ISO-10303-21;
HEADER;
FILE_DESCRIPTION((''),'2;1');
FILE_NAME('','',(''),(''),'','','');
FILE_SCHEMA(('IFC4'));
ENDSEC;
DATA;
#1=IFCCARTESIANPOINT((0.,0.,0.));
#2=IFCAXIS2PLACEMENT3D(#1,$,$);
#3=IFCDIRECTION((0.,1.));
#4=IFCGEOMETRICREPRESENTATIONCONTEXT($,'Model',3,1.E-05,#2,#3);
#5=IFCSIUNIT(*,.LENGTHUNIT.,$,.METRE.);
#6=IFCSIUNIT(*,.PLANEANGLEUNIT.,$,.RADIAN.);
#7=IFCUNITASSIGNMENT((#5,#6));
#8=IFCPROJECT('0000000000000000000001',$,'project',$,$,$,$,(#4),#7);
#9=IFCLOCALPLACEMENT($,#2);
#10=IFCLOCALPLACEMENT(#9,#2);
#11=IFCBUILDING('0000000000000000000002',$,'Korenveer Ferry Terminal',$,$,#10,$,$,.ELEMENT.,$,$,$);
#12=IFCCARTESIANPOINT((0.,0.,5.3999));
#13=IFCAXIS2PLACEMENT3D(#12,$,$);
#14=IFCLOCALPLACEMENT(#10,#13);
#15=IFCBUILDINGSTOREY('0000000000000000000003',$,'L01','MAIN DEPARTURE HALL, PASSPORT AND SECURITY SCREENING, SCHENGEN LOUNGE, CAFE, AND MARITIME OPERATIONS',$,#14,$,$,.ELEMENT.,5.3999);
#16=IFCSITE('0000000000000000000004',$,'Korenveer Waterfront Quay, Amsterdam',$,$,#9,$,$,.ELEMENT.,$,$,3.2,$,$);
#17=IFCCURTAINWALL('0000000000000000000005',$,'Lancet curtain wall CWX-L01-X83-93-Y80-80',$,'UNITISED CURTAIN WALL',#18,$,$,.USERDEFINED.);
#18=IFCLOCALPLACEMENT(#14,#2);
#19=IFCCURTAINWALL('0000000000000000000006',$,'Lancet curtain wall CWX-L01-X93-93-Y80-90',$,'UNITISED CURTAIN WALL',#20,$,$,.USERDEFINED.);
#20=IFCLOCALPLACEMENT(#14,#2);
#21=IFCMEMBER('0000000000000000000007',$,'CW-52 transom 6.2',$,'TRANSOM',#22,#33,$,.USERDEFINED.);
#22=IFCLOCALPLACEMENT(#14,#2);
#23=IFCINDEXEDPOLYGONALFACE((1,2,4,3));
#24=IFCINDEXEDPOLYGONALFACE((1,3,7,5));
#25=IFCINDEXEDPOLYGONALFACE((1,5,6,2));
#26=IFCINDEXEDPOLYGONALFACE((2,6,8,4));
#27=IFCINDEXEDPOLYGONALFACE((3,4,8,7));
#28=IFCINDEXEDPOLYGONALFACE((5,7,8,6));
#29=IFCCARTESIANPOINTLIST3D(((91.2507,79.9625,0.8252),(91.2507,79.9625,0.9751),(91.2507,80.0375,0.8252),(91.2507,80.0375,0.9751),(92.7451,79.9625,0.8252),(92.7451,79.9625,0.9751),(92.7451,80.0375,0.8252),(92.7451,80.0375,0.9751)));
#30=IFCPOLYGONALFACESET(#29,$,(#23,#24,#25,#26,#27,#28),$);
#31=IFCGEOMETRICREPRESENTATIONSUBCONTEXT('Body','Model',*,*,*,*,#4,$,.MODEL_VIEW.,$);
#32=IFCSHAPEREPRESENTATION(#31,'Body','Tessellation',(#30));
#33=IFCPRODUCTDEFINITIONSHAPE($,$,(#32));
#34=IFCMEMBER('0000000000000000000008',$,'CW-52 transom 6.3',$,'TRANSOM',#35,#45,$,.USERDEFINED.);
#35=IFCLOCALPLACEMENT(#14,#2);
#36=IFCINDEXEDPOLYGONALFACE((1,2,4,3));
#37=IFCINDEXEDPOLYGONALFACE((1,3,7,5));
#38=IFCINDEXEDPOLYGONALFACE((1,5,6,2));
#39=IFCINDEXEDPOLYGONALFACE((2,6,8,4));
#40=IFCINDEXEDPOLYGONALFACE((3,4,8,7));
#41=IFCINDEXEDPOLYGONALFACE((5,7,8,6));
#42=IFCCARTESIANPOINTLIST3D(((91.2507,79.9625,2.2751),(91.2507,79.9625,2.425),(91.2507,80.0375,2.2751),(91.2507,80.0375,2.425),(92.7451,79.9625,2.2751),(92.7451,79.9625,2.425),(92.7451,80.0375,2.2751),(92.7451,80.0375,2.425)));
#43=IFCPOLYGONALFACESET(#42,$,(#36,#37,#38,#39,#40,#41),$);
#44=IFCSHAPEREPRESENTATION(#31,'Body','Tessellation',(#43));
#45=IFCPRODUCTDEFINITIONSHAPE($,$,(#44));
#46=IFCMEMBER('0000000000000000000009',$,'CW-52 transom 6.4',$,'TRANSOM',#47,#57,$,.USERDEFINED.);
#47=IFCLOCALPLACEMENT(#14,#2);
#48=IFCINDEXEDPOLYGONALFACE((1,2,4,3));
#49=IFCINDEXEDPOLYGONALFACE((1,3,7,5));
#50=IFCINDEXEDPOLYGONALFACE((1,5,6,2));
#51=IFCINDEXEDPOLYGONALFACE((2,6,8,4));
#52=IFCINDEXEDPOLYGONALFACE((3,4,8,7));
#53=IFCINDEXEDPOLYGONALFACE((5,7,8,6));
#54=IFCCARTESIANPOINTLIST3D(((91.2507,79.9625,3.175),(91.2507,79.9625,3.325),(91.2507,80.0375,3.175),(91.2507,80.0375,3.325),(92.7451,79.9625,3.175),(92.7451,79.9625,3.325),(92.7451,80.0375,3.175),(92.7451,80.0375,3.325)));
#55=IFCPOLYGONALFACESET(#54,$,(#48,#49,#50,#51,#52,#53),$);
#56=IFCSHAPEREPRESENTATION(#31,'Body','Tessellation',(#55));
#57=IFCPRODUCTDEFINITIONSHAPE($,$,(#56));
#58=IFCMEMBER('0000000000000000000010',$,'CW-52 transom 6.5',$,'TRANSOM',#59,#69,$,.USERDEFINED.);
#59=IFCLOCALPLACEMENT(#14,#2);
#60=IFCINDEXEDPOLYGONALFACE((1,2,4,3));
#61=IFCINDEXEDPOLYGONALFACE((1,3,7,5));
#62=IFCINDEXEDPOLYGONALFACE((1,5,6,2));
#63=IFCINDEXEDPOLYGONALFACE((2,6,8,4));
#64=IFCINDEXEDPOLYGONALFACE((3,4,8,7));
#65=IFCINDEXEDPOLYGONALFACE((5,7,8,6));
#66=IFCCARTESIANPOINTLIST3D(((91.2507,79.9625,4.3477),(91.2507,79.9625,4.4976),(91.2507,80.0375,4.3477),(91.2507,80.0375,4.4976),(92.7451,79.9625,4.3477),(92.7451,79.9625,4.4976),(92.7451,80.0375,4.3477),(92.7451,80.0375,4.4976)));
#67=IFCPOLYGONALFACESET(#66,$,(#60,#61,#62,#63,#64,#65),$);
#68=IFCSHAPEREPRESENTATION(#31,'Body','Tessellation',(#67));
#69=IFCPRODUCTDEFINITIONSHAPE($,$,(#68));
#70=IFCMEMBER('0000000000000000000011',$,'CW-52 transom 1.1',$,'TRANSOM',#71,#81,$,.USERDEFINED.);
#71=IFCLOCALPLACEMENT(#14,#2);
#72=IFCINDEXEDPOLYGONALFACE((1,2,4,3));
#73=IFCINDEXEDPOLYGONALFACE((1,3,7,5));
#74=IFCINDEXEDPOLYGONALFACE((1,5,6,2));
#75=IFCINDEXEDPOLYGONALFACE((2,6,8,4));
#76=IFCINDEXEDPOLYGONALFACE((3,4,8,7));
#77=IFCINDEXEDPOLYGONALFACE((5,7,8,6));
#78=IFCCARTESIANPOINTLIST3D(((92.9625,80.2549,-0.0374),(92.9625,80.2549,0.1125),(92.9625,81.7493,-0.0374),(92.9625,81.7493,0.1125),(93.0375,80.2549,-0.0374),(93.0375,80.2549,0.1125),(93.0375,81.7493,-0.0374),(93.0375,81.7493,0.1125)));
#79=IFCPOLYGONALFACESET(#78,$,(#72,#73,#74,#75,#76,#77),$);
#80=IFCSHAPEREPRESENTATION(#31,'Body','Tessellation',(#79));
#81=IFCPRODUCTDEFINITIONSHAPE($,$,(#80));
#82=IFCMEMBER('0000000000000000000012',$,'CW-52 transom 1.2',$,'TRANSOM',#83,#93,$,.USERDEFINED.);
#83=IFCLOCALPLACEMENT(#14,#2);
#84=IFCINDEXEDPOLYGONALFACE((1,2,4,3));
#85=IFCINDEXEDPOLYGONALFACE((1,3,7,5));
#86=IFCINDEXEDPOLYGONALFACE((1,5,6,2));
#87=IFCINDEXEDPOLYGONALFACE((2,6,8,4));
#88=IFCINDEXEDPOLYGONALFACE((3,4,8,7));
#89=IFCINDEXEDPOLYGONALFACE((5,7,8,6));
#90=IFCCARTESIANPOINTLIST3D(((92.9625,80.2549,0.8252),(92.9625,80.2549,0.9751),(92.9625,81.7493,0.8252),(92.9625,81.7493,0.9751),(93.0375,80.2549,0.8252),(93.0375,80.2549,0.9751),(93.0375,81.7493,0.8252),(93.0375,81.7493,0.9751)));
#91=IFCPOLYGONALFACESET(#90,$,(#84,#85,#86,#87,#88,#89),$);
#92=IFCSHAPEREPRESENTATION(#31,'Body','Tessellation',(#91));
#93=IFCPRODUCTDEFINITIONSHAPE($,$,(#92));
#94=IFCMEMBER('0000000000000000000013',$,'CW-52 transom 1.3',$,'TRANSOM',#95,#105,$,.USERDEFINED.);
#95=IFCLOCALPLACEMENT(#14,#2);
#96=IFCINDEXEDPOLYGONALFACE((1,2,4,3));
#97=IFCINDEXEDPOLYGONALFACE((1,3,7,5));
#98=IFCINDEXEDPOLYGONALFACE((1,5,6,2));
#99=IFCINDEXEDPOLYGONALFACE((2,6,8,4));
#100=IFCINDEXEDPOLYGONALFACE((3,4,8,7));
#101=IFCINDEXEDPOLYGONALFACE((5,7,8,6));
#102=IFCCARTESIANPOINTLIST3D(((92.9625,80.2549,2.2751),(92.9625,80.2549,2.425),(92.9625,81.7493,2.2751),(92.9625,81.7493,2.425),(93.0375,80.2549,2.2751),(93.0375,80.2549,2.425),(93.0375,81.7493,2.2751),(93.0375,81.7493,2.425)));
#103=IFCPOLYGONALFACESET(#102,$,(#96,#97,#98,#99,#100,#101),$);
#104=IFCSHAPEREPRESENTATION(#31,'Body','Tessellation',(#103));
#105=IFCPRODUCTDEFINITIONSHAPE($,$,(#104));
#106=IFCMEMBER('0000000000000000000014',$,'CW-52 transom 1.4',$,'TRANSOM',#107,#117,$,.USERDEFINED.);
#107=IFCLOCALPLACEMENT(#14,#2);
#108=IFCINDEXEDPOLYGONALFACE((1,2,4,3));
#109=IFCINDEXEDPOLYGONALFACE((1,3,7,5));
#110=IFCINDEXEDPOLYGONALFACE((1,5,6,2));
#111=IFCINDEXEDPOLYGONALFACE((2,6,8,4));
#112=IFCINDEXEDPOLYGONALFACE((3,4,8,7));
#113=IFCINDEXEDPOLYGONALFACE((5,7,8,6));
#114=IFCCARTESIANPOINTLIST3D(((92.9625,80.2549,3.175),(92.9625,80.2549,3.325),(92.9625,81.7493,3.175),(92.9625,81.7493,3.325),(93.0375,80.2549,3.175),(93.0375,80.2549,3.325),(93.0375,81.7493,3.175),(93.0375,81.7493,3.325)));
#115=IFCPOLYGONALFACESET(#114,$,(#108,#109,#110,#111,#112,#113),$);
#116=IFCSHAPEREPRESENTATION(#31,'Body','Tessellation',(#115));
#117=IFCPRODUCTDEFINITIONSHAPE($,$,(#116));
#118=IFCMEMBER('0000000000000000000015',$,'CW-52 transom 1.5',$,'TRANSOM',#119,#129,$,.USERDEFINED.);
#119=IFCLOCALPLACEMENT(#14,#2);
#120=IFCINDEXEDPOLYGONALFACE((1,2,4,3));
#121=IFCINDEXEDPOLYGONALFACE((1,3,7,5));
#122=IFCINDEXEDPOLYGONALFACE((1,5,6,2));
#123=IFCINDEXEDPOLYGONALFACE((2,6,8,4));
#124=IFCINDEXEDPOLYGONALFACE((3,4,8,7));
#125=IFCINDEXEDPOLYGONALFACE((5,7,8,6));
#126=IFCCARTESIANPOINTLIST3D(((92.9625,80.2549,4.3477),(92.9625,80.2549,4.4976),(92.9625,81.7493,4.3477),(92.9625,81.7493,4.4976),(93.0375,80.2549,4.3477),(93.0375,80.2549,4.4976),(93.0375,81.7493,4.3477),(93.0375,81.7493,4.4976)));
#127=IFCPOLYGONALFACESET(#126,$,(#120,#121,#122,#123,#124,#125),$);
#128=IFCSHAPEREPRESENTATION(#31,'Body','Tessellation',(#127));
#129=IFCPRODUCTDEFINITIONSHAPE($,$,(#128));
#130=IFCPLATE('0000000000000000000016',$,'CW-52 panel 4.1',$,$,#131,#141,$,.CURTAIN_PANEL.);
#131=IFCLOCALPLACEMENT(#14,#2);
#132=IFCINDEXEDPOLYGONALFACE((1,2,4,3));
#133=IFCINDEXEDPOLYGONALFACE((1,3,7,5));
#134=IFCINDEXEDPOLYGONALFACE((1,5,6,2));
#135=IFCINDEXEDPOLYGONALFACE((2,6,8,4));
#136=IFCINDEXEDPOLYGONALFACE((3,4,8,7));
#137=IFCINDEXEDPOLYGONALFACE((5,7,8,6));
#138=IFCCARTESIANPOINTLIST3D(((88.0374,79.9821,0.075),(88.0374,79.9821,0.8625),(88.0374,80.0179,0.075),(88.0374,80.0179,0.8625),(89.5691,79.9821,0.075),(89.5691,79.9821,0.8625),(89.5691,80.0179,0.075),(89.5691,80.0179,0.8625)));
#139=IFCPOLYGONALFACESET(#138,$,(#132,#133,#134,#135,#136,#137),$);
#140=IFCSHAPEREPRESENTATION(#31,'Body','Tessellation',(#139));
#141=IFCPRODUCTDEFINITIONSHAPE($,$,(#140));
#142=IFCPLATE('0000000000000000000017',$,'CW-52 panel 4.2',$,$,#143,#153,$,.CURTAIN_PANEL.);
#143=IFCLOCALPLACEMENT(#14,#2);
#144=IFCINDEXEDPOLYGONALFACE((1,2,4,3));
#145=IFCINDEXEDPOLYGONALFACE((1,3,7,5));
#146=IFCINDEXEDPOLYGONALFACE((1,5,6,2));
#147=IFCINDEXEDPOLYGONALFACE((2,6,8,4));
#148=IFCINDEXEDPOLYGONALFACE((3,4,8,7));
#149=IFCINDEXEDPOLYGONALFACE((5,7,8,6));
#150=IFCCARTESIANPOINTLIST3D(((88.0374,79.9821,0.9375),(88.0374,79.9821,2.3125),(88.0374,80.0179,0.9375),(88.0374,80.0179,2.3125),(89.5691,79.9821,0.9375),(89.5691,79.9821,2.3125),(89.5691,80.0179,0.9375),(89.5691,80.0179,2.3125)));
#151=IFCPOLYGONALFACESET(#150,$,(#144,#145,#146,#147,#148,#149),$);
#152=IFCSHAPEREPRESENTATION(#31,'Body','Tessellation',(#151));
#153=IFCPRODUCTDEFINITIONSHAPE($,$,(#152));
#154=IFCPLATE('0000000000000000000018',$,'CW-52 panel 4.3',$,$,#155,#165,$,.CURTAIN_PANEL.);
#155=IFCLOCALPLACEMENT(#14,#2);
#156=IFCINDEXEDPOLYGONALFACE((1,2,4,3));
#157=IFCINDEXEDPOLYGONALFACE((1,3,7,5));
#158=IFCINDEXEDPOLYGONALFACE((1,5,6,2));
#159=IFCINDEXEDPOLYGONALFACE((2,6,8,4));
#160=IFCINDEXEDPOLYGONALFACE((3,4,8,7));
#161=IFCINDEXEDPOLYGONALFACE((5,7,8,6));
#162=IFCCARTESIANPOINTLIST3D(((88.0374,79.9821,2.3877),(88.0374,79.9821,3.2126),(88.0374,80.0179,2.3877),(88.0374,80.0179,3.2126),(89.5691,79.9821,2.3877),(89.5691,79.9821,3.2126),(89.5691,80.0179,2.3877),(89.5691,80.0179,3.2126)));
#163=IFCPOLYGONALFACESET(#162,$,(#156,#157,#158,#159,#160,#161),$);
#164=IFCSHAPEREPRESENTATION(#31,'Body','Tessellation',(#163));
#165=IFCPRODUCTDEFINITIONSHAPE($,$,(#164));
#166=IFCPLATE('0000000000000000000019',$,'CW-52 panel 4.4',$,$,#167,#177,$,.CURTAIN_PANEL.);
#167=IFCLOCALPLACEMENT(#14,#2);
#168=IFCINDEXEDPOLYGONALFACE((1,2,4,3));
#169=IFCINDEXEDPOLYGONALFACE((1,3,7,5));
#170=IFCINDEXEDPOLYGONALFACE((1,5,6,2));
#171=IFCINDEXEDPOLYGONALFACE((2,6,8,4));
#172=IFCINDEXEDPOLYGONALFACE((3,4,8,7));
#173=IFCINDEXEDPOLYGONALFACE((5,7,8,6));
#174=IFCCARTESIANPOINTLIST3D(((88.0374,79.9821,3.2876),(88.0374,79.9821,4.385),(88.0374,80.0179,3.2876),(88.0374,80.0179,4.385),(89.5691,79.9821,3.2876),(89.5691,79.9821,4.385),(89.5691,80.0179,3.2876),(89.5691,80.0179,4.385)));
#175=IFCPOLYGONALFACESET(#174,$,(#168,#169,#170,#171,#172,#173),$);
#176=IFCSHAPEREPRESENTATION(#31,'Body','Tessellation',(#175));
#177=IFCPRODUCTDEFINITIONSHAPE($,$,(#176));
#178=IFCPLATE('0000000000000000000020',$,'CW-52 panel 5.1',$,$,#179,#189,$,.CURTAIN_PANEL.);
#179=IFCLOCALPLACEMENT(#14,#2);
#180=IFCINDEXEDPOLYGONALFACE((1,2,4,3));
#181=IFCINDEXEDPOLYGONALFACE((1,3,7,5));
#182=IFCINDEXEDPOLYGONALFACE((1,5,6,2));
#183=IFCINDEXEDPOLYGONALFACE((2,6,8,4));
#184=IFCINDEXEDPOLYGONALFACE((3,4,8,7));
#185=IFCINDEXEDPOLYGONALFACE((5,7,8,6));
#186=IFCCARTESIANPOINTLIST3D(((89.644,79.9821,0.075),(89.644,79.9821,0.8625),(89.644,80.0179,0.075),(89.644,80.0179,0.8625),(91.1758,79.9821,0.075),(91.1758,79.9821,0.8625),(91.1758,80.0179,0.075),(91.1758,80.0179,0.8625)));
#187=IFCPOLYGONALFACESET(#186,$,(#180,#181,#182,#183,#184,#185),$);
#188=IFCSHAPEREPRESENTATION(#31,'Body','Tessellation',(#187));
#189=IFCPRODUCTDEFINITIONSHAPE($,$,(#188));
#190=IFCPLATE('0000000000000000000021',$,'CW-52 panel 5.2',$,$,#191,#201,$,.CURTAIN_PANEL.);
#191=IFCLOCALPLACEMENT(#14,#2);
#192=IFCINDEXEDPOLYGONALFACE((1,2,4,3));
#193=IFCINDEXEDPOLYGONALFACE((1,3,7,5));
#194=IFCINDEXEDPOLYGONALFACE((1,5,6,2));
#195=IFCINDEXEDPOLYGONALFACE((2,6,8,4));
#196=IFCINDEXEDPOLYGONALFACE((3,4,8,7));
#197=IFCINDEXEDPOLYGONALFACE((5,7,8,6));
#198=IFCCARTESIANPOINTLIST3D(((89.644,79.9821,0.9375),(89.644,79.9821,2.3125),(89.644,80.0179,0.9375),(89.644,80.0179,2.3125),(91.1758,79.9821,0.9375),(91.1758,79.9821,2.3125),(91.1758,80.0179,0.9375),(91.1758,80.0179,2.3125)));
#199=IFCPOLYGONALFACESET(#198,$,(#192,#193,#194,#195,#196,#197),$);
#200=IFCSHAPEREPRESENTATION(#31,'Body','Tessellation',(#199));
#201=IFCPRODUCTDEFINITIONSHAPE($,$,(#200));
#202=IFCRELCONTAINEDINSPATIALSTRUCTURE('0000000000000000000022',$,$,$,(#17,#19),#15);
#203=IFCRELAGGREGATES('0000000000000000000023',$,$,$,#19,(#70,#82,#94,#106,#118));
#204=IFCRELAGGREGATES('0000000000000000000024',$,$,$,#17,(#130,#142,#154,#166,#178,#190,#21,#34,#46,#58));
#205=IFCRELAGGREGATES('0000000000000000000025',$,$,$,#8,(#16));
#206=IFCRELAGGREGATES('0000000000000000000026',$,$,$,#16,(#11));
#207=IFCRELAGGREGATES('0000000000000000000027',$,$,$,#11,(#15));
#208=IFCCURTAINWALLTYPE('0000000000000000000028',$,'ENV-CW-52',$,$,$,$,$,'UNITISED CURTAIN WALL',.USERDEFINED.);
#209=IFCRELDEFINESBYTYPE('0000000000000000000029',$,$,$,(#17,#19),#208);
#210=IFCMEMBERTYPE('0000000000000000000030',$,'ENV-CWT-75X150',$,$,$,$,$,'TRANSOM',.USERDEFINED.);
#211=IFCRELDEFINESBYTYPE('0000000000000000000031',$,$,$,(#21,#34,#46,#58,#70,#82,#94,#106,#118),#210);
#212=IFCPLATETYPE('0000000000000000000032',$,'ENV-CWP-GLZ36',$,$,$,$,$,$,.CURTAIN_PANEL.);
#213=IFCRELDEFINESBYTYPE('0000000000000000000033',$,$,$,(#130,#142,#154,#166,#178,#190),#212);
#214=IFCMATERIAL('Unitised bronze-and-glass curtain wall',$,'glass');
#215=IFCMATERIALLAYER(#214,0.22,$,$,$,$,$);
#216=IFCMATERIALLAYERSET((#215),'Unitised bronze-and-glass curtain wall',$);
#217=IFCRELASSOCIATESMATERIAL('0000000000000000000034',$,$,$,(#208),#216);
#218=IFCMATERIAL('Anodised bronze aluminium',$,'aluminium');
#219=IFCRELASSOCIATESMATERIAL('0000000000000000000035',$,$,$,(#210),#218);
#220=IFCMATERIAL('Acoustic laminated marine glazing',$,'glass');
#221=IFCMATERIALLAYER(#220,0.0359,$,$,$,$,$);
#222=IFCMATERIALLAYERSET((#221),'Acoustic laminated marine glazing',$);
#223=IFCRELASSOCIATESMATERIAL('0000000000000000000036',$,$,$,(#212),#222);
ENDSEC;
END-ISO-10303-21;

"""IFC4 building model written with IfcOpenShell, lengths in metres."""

from ifc_helpers import new_model, si_unit, direction, frame, origin, origin_2d, place, context, subcontext, project, spatial, rectangle, extrude, material, layer, layer_set, material_profile, profile_set, type_object, element, aggregate, save


model = new_model("IFC4")

# Units and contexts
model_context = context("Model", 3, precision=1e-05, world=origin(), true_north=direction((0.0, 1.0)))
body_context = subcontext(model_context, "Body", "Model", "MODEL_VIEW")
ifc_project = project(units=[si_unit("LENGTHUNIT", "METRE"), si_unit("PLANEANGLEUNIT", "RADIAN")], contexts=[model_context])

# Site, building, storey
site_placement = place(None, origin())
site = spatial("IfcSite", under=ifc_project, at=site_placement, Name="Korenveer Waterfront Quay, Amsterdam", CompositionType="ELEMENT", RefElevation=3.2)
building_placement = place(site_placement, origin())
building = spatial("IfcBuilding", under=site, at=building_placement, Name="Korenveer Ferry Terminal", CompositionType="ELEMENT")
storey_placement = place(building_placement, frame((0.0, 0.0, 5.3999)))
storey = spatial("IfcBuildingStorey", under=building, at=storey_placement, Name="L01", Description="MAIN DEPARTURE HALL, PASSPORT AND SECURITY SCREENING, SCHENGEN LOUNGE, CAFE, AND MARITIME OPERATIONS", CompositionType="ELEMENT", Elevation=5.3999)

# Curtain wall
ifc_material_1 = material(Name="Unitised bronze-and-glass curtain wall", Category="glass")
ifc_layer_1 = layer(ifc_material_1, 0.22)
ifc_layer_set_1 = layer_set([ifc_layer_1], Name="Unitised bronze-and-glass curtain wall")
curtain_wall_type = type_object("IfcCurtainWallType", Name="ENV-CW-52", ElementType="UNITISED CURTAIN WALL", PredefinedType="USERDEFINED", material=ifc_layer_set_1)
curtain_wall_1_placement = place(storey_placement, frame((83.1799, 80.0, 0.0)))
curtain_wall_1 = element("IfcCurtainWall", 1, at=curtain_wall_1_placement, inside=storey, type_object=curtain_wall_type, Name="Lancet curtain wall CWX-L01-X83-93-Y80-80", ObjectType="UNITISED CURTAIN WALL", PredefinedType="USERDEFINED")
ifc_material_2 = material(Name="Anodised bronze aluminium", Category="aluminium")

# Curtain wall
curtain_wall_2_placement = place(storey_placement, frame((93.0, 80.1799, 0.0)))
curtain_wall_2 = element("IfcCurtainWall", 2, at=curtain_wall_2_placement, inside=storey, type_object=curtain_wall_type, Name="Lancet curtain wall CWX-L01-X93-93-Y80-90", ObjectType="UNITISED CURTAIN WALL", PredefinedType="USERDEFINED")

# Members
ifc_material_profile_1 = material_profile(ifc_material_2, rectangle(XDim=0.075, YDim=0.1499, at=origin_2d()), Name="ALU 75x150")
ifc_profile_set_1 = profile_set([ifc_material_profile_1], Name="Anodised bronze aluminium")
member_type_1 = type_object("IfcMemberType", Name="ENV-CWT-75X150", ElementType="TRANSOM", PredefinedType="USERDEFINED", material=ifc_profile_set_1)
member_1_placement = place(storey_placement, frame((91.2507, 80.0, 0.9001), z_axis=(1.0, 0.0, 0.0), x_axis=(0.0, 1.0, 0.0)))
member_1 = element("IfcMember", 3, at=member_1_placement, type_object=member_type_1, Name="CW-52 transom 6.2", ObjectType="TRANSOM", PredefinedType="USERDEFINED", context=body_context, shape_type="SweptSolid", body=[
    extrude(rectangle(XDim=0.075, YDim=0.1499, at=origin_2d()), origin(), (0.0, 0.0, 1.0), 1.4944),
])
member_2_placement = place(storey_placement, frame((91.2507, 80.0, 2.3501), z_axis=(1.0, 0.0, 0.0), x_axis=(0.0, 1.0, 0.0)))
member_2 = element("IfcMember", 4, at=member_2_placement, type_object=member_type_1, Name="CW-52 transom 6.3", ObjectType="TRANSOM", PredefinedType="USERDEFINED", context=body_context, shape_type="SweptSolid", body=[
    extrude(rectangle(XDim=0.075, YDim=0.1499, at=origin_2d()), origin(), (0.0, 0.0, 1.0), 1.4944),
])
member_3_placement = place(storey_placement, frame((91.2507, 80.0, 3.25), z_axis=(1.0, 0.0, 0.0), x_axis=(0.0, 1.0, 0.0)))
member_3 = element("IfcMember", 5, at=member_3_placement, type_object=member_type_1, Name="CW-52 transom 6.4", ObjectType="TRANSOM", PredefinedType="USERDEFINED", context=body_context, shape_type="SweptSolid", body=[
    extrude(rectangle(XDim=0.075, YDim=0.1499, at=origin_2d()), origin(), (0.0, 0.0, 1.0), 1.4944),
])
member_4_placement = place(storey_placement, frame((91.2507, 80.0, 4.4226), z_axis=(1.0, 0.0, 0.0), x_axis=(0.0, 1.0, 0.0)))
member_4 = element("IfcMember", 6, at=member_4_placement, type_object=member_type_1, Name="CW-52 transom 6.5", ObjectType="TRANSOM", PredefinedType="USERDEFINED", context=body_context, shape_type="SweptSolid", body=[
    extrude(rectangle(XDim=0.075, YDim=0.1499, at=origin_2d()), origin(), (0.0, 0.0, 1.0), 1.4944),
])
member_5_placement = place(storey_placement, frame((93.0, 80.2549, 0.0376), z_axis=(0.0, 1.0, 0.0), x_axis=(-1.0, 0.0, 0.0)))
member_5 = element("IfcMember", 7, at=member_5_placement, type_object=member_type_1, Name="CW-52 transom 1.1", ObjectType="TRANSOM", PredefinedType="USERDEFINED", context=body_context, shape_type="SweptSolid", body=[
    extrude(rectangle(XDim=0.075, YDim=0.1499, at=origin_2d()), origin(), (0.0, 0.0, 1.0), 1.4944),
])
member_6_placement = place(storey_placement, frame((93.0, 80.2549, 0.9001), z_axis=(0.0, 1.0, 0.0), x_axis=(-1.0, 0.0, 0.0)))
member_6 = element("IfcMember", 8, at=member_6_placement, type_object=member_type_1, Name="CW-52 transom 1.2", ObjectType="TRANSOM", PredefinedType="USERDEFINED", context=body_context, shape_type="SweptSolid", body=[
    extrude(rectangle(XDim=0.075, YDim=0.1499, at=origin_2d()), origin(), (0.0, 0.0, 1.0), 1.4944),
])
member_7_placement = place(storey_placement, frame((93.0, 80.2549, 2.3501), z_axis=(0.0, 1.0, 0.0), x_axis=(-1.0, 0.0, 0.0)))
member_7 = element("IfcMember", 9, at=member_7_placement, type_object=member_type_1, Name="CW-52 transom 1.3", ObjectType="TRANSOM", PredefinedType="USERDEFINED", context=body_context, shape_type="SweptSolid", body=[
    extrude(rectangle(XDim=0.075, YDim=0.1499, at=origin_2d()), origin(), (0.0, 0.0, 1.0), 1.4944),
])
member_8_placement = place(storey_placement, frame((93.0, 80.2549, 3.25), z_axis=(0.0, 1.0, 0.0), x_axis=(-1.0, 0.0, 0.0)))
member_8 = element("IfcMember", 10, at=member_8_placement, type_object=member_type_1, Name="CW-52 transom 1.4", ObjectType="TRANSOM", PredefinedType="USERDEFINED", context=body_context, shape_type="SweptSolid", body=[
    extrude(rectangle(XDim=0.075, YDim=0.1499, at=origin_2d()), origin(), (0.0, 0.0, 1.0), 1.4944),
])
member_9_placement = place(storey_placement, frame((93.0, 80.2549, 4.4226), z_axis=(0.0, 1.0, 0.0), x_axis=(-1.0, 0.0, 0.0)))
member_9 = element("IfcMember", 11, at=member_9_placement, type_object=member_type_1, Name="CW-52 transom 1.5", ObjectType="TRANSOM", PredefinedType="USERDEFINED", context=body_context, shape_type="SweptSolid", body=[
    extrude(rectangle(XDim=0.075, YDim=0.1499, at=origin_2d()), origin(), (0.0, 0.0, 1.0), 1.4944),
])
aggregate(curtain_wall_2, [member_5, member_6, member_7, member_8, member_9])

# Plates
ifc_material_3 = material(Name="Acoustic laminated marine glazing", Category="glass")
ifc_layer_2 = layer(ifc_material_3, 0.0359)
ifc_layer_set_2 = layer_set([ifc_layer_2], Name="Acoustic laminated marine glazing")
plate_type = type_object("IfcPlateType", Name="ENV-CWP-GLZ36", PredefinedType="CURTAIN_PANEL", material=ifc_layer_set_2)
plate_1_placement = place(storey_placement, frame((88.8032, 80.0, 0.075), z_axis=(0.0, 0.0, 1.0), x_axis=(1.0, 0.0, 0.0)))
plate_1 = element("IfcPlate", 12, at=plate_1_placement, type_object=plate_type, Name="CW-52 panel 4.1", PredefinedType="CURTAIN_PANEL", context=body_context, shape_type="SweptSolid", body=[
    extrude(rectangle(XDim=1.5317, YDim=0.0359, at=origin_2d()), origin(), (0.0, 0.0, 1.0), 0.7876),
])
plate_2_placement = place(storey_placement, frame((88.8032, 80.0, 0.9375), z_axis=(0.0, 0.0, 1.0), x_axis=(1.0, 0.0, 0.0)))
plate_2 = element("IfcPlate", 13, at=plate_2_placement, type_object=plate_type, Name="CW-52 panel 4.2", PredefinedType="CURTAIN_PANEL", context=body_context, shape_type="SweptSolid", body=[
    extrude(rectangle(XDim=1.5317, YDim=0.0359, at=origin_2d()), origin(), (0.0, 0.0, 1.0), 1.375),
])
plate_3_placement = place(storey_placement, frame((88.8032, 80.0, 2.3877), z_axis=(0.0, 0.0, 1.0), x_axis=(1.0, 0.0, 0.0)))
plate_3 = element("IfcPlate", 14, at=plate_3_placement, type_object=plate_type, Name="CW-52 panel 4.3", PredefinedType="CURTAIN_PANEL", context=body_context, shape_type="SweptSolid", body=[
    extrude(rectangle(XDim=1.5317, YDim=0.0359, at=origin_2d()), origin(), (0.0, 0.0, 1.0), 0.825),
])
plate_4_placement = place(storey_placement, frame((88.8032, 80.0, 3.2876), z_axis=(0.0, 0.0, 1.0), x_axis=(1.0, 0.0, 0.0)))
plate_4 = element("IfcPlate", 15, at=plate_4_placement, type_object=plate_type, Name="CW-52 panel 4.4", PredefinedType="CURTAIN_PANEL", context=body_context, shape_type="SweptSolid", body=[
    extrude(rectangle(XDim=1.5317, YDim=0.0359, at=origin_2d()), origin(), (0.0, 0.0, 1.0), 1.0974),
])
plate_5_placement = place(storey_placement, frame((90.4099, 80.0, 0.075), z_axis=(0.0, 0.0, 1.0), x_axis=(1.0, 0.0, 0.0)))
plate_5 = element("IfcPlate", 16, at=plate_5_placement, type_object=plate_type, Name="CW-52 panel 5.1", PredefinedType="CURTAIN_PANEL", context=body_context, shape_type="SweptSolid", body=[
    extrude(rectangle(XDim=1.5317, YDim=0.0359, at=origin_2d()), origin(), (0.0, 0.0, 1.0), 0.7876),
])
plate_6_placement = place(storey_placement, frame((90.4099, 80.0, 0.9375), z_axis=(0.0, 0.0, 1.0), x_axis=(1.0, 0.0, 0.0)))
plate_6 = element("IfcPlate", 17, at=plate_6_placement, type_object=plate_type, Name="CW-52 panel 5.2", PredefinedType="CURTAIN_PANEL", context=body_context, shape_type="SweptSolid", body=[
    extrude(rectangle(XDim=1.5317, YDim=0.0359, at=origin_2d()), origin(), (0.0, 0.0, 1.0), 1.375),
])
aggregate(curtain_wall_1, [plate_1, plate_2, plate_3, plate_4, plate_5, plate_6, member_1, member_2, member_3, member_4])

save(model, "model.ifc")
